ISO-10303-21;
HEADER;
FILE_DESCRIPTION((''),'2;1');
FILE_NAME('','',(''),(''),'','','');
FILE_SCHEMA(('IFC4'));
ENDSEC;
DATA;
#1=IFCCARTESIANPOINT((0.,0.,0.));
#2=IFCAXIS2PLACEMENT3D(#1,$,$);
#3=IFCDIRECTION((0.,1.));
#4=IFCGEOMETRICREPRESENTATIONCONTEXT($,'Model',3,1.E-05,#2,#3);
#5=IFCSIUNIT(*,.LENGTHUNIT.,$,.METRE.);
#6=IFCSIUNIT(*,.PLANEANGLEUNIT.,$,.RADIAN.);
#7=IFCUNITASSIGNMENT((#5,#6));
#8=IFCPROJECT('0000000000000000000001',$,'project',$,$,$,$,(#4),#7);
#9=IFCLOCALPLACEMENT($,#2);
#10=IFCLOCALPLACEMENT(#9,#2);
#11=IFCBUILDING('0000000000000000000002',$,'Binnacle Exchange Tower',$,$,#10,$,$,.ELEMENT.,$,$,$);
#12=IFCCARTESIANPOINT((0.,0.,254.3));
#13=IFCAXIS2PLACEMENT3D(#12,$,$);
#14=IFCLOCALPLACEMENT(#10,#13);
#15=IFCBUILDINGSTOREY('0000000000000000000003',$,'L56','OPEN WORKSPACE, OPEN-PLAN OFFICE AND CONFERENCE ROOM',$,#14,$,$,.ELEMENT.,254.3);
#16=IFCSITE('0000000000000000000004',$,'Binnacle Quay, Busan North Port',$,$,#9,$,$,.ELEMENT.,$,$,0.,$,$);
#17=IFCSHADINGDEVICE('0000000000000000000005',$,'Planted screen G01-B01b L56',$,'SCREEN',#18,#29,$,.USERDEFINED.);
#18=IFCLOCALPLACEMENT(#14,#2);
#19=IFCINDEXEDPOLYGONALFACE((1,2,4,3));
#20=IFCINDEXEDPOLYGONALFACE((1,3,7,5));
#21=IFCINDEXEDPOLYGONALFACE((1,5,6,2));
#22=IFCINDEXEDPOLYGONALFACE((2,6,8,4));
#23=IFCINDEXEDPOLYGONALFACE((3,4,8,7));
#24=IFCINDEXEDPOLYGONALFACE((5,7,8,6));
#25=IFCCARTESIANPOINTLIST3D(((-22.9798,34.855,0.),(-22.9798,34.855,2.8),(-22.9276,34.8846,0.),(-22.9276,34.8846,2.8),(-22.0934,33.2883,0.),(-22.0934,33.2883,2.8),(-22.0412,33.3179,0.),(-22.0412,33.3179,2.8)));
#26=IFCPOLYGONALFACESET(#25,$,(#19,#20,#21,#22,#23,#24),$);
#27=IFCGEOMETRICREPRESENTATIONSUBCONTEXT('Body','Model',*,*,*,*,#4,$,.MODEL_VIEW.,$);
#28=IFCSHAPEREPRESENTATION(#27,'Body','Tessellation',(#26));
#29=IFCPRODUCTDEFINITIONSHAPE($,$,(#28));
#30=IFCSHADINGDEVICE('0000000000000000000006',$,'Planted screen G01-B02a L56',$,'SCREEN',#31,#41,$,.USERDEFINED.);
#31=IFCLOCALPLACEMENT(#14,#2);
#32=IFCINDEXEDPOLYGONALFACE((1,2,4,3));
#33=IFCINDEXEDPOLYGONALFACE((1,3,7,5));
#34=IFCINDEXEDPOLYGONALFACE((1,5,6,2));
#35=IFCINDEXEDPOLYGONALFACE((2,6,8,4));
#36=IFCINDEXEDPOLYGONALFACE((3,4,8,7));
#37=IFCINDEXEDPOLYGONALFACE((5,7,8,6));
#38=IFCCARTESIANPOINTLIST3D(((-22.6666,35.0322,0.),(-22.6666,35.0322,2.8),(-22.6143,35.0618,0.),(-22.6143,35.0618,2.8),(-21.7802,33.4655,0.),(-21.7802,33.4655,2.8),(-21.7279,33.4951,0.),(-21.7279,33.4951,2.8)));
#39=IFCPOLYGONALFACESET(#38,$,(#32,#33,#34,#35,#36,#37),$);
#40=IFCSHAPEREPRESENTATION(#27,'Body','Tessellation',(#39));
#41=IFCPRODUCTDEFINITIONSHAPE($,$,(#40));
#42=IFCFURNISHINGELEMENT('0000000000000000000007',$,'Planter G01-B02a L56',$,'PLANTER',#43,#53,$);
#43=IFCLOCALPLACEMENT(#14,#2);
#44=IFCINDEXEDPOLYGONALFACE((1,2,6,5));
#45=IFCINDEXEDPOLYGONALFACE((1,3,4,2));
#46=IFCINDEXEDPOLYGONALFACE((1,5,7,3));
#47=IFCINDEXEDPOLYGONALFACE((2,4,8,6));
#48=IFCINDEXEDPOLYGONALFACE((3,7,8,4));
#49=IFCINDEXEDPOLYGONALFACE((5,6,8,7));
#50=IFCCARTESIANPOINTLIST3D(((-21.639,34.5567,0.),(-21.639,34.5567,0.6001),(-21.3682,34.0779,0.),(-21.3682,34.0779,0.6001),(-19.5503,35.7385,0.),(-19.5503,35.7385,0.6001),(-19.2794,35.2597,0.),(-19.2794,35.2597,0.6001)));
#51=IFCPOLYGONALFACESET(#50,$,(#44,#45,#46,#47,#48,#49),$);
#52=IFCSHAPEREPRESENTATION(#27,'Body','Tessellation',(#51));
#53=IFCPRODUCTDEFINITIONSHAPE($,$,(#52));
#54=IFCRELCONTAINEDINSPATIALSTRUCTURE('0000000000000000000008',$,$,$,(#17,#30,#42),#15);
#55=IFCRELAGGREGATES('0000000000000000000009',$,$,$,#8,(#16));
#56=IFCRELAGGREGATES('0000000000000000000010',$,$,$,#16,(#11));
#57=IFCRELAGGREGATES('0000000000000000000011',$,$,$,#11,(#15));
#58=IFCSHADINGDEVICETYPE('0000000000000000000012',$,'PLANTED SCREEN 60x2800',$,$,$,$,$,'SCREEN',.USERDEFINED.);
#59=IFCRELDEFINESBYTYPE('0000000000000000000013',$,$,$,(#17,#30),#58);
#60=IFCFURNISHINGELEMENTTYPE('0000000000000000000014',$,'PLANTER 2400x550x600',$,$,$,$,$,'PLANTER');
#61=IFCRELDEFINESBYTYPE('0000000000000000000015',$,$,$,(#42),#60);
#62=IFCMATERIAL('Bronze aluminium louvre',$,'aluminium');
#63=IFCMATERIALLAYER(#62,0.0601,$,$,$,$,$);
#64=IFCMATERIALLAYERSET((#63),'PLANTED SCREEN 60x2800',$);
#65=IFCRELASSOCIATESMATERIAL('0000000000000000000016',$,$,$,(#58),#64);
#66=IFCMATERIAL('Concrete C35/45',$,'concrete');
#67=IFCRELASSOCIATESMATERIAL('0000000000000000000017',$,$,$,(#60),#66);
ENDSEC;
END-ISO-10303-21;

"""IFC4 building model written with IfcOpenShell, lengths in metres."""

from ifc_helpers import new_model, si_unit, direction, frame, origin, origin_2d, place, context, subcontext, project, spatial, rectangle, extrude, material, layer, layer_set, type_object, element, save


model = new_model("IFC4")

# Units and contexts
model_context = context("Model", 3, precision=1e-05, world=origin(), true_north=direction((0.0, 1.0)))
body_context = subcontext(model_context, "Body", "Model", "MODEL_VIEW")
ifc_project = project(units=[si_unit("LENGTHUNIT", "METRE"), si_unit("PLANEANGLEUNIT", "RADIAN")], contexts=[model_context])

# Site, building, storey
site_placement = place(None, origin())
site = spatial("IfcSite", under=ifc_project, at=site_placement, Name="Binnacle Quay, Busan North Port", CompositionType="ELEMENT", RefElevation=0.0)
building_placement = place(site_placement, origin())
building = spatial("IfcBuilding", under=site, at=building_placement, Name="Binnacle Exchange Tower", CompositionType="ELEMENT")
storey_placement = place(building_placement, frame((0.0, 0.0, 254.3)))
storey = spatial("IfcBuildingStorey", under=building, at=storey_placement, Name="L56", Description="OPEN WORKSPACE, OPEN-PLAN OFFICE AND CONFERENCE ROOM", CompositionType="ELEMENT", Elevation=254.3)

# Shading devices
ifc_material_1 = material(Name="Bronze aluminium louvre", Category="aluminium")
ifc_layer_1 = layer(ifc_material_1, 0.0601)
ifc_layer_set_1 = layer_set([ifc_layer_1], Name="PLANTED SCREEN 60x2800")
shading_device_type = type_object("IfcShadingDeviceType", Name="PLANTED SCREEN 60x2800", ElementType="SCREEN", PredefinedType="USERDEFINED", material=ifc_layer_set_1)
for number, where, z_axis, x_axis, name in (
    (1, (-22.5105, 34.0864, 0.0), (0.0, 0.0, 1.0), (0.870356, 0.492424, 0.0), "Planted screen G01-B01b L56"),
    (2, (-22.1973, 34.2637, 0.0), (0.0, 0.0, 1.0), (0.870356, 0.492424, 0.0), "Planted screen G01-B02a L56"),
):
    element("IfcShadingDevice", number, at=place(storey_placement, frame(where, z_axis=z_axis, x_axis=x_axis)), inside=storey, type_object=shading_device_type, Name=name, ObjectType="SCREEN", PredefinedType="USERDEFINED", context=body_context, shape_type="SweptSolid", body=[
        extrude(rectangle(XDim=0.0601, YDim=1.8, at=origin_2d()), origin(), (0.0, 0.0, 1.0), 2.8),
    ])

# Furnishing element
ifc_material_2 = material(Name="Concrete C35/45", Category="concrete")
furnishing_element_type = type_object("IfcFurnishingElementType", Name="PLANTER 2400x550x600", ElementType="PLANTER", material=ifc_material_2)
furnishing_placement = place(storey_placement, frame((-20.4592, 34.9082, 0.0), z_axis=(0.0, 0.0, 1.0), x_axis=(0.870356, 0.492424, 0.0)))
element("IfcFurnishingElement", 3, at=furnishing_placement, inside=storey, type_object=furnishing_element_type, Name="Planter G01-B02a L56", ObjectType="PLANTER", context=body_context, shape_type="SweptSolid", body=[
    extrude(rectangle(XDim=2.3999, YDim=0.55, at=origin_2d()), origin(), (0.0, 0.0, 1.0), 0.6001),
])

save(model, "model.ifc")
